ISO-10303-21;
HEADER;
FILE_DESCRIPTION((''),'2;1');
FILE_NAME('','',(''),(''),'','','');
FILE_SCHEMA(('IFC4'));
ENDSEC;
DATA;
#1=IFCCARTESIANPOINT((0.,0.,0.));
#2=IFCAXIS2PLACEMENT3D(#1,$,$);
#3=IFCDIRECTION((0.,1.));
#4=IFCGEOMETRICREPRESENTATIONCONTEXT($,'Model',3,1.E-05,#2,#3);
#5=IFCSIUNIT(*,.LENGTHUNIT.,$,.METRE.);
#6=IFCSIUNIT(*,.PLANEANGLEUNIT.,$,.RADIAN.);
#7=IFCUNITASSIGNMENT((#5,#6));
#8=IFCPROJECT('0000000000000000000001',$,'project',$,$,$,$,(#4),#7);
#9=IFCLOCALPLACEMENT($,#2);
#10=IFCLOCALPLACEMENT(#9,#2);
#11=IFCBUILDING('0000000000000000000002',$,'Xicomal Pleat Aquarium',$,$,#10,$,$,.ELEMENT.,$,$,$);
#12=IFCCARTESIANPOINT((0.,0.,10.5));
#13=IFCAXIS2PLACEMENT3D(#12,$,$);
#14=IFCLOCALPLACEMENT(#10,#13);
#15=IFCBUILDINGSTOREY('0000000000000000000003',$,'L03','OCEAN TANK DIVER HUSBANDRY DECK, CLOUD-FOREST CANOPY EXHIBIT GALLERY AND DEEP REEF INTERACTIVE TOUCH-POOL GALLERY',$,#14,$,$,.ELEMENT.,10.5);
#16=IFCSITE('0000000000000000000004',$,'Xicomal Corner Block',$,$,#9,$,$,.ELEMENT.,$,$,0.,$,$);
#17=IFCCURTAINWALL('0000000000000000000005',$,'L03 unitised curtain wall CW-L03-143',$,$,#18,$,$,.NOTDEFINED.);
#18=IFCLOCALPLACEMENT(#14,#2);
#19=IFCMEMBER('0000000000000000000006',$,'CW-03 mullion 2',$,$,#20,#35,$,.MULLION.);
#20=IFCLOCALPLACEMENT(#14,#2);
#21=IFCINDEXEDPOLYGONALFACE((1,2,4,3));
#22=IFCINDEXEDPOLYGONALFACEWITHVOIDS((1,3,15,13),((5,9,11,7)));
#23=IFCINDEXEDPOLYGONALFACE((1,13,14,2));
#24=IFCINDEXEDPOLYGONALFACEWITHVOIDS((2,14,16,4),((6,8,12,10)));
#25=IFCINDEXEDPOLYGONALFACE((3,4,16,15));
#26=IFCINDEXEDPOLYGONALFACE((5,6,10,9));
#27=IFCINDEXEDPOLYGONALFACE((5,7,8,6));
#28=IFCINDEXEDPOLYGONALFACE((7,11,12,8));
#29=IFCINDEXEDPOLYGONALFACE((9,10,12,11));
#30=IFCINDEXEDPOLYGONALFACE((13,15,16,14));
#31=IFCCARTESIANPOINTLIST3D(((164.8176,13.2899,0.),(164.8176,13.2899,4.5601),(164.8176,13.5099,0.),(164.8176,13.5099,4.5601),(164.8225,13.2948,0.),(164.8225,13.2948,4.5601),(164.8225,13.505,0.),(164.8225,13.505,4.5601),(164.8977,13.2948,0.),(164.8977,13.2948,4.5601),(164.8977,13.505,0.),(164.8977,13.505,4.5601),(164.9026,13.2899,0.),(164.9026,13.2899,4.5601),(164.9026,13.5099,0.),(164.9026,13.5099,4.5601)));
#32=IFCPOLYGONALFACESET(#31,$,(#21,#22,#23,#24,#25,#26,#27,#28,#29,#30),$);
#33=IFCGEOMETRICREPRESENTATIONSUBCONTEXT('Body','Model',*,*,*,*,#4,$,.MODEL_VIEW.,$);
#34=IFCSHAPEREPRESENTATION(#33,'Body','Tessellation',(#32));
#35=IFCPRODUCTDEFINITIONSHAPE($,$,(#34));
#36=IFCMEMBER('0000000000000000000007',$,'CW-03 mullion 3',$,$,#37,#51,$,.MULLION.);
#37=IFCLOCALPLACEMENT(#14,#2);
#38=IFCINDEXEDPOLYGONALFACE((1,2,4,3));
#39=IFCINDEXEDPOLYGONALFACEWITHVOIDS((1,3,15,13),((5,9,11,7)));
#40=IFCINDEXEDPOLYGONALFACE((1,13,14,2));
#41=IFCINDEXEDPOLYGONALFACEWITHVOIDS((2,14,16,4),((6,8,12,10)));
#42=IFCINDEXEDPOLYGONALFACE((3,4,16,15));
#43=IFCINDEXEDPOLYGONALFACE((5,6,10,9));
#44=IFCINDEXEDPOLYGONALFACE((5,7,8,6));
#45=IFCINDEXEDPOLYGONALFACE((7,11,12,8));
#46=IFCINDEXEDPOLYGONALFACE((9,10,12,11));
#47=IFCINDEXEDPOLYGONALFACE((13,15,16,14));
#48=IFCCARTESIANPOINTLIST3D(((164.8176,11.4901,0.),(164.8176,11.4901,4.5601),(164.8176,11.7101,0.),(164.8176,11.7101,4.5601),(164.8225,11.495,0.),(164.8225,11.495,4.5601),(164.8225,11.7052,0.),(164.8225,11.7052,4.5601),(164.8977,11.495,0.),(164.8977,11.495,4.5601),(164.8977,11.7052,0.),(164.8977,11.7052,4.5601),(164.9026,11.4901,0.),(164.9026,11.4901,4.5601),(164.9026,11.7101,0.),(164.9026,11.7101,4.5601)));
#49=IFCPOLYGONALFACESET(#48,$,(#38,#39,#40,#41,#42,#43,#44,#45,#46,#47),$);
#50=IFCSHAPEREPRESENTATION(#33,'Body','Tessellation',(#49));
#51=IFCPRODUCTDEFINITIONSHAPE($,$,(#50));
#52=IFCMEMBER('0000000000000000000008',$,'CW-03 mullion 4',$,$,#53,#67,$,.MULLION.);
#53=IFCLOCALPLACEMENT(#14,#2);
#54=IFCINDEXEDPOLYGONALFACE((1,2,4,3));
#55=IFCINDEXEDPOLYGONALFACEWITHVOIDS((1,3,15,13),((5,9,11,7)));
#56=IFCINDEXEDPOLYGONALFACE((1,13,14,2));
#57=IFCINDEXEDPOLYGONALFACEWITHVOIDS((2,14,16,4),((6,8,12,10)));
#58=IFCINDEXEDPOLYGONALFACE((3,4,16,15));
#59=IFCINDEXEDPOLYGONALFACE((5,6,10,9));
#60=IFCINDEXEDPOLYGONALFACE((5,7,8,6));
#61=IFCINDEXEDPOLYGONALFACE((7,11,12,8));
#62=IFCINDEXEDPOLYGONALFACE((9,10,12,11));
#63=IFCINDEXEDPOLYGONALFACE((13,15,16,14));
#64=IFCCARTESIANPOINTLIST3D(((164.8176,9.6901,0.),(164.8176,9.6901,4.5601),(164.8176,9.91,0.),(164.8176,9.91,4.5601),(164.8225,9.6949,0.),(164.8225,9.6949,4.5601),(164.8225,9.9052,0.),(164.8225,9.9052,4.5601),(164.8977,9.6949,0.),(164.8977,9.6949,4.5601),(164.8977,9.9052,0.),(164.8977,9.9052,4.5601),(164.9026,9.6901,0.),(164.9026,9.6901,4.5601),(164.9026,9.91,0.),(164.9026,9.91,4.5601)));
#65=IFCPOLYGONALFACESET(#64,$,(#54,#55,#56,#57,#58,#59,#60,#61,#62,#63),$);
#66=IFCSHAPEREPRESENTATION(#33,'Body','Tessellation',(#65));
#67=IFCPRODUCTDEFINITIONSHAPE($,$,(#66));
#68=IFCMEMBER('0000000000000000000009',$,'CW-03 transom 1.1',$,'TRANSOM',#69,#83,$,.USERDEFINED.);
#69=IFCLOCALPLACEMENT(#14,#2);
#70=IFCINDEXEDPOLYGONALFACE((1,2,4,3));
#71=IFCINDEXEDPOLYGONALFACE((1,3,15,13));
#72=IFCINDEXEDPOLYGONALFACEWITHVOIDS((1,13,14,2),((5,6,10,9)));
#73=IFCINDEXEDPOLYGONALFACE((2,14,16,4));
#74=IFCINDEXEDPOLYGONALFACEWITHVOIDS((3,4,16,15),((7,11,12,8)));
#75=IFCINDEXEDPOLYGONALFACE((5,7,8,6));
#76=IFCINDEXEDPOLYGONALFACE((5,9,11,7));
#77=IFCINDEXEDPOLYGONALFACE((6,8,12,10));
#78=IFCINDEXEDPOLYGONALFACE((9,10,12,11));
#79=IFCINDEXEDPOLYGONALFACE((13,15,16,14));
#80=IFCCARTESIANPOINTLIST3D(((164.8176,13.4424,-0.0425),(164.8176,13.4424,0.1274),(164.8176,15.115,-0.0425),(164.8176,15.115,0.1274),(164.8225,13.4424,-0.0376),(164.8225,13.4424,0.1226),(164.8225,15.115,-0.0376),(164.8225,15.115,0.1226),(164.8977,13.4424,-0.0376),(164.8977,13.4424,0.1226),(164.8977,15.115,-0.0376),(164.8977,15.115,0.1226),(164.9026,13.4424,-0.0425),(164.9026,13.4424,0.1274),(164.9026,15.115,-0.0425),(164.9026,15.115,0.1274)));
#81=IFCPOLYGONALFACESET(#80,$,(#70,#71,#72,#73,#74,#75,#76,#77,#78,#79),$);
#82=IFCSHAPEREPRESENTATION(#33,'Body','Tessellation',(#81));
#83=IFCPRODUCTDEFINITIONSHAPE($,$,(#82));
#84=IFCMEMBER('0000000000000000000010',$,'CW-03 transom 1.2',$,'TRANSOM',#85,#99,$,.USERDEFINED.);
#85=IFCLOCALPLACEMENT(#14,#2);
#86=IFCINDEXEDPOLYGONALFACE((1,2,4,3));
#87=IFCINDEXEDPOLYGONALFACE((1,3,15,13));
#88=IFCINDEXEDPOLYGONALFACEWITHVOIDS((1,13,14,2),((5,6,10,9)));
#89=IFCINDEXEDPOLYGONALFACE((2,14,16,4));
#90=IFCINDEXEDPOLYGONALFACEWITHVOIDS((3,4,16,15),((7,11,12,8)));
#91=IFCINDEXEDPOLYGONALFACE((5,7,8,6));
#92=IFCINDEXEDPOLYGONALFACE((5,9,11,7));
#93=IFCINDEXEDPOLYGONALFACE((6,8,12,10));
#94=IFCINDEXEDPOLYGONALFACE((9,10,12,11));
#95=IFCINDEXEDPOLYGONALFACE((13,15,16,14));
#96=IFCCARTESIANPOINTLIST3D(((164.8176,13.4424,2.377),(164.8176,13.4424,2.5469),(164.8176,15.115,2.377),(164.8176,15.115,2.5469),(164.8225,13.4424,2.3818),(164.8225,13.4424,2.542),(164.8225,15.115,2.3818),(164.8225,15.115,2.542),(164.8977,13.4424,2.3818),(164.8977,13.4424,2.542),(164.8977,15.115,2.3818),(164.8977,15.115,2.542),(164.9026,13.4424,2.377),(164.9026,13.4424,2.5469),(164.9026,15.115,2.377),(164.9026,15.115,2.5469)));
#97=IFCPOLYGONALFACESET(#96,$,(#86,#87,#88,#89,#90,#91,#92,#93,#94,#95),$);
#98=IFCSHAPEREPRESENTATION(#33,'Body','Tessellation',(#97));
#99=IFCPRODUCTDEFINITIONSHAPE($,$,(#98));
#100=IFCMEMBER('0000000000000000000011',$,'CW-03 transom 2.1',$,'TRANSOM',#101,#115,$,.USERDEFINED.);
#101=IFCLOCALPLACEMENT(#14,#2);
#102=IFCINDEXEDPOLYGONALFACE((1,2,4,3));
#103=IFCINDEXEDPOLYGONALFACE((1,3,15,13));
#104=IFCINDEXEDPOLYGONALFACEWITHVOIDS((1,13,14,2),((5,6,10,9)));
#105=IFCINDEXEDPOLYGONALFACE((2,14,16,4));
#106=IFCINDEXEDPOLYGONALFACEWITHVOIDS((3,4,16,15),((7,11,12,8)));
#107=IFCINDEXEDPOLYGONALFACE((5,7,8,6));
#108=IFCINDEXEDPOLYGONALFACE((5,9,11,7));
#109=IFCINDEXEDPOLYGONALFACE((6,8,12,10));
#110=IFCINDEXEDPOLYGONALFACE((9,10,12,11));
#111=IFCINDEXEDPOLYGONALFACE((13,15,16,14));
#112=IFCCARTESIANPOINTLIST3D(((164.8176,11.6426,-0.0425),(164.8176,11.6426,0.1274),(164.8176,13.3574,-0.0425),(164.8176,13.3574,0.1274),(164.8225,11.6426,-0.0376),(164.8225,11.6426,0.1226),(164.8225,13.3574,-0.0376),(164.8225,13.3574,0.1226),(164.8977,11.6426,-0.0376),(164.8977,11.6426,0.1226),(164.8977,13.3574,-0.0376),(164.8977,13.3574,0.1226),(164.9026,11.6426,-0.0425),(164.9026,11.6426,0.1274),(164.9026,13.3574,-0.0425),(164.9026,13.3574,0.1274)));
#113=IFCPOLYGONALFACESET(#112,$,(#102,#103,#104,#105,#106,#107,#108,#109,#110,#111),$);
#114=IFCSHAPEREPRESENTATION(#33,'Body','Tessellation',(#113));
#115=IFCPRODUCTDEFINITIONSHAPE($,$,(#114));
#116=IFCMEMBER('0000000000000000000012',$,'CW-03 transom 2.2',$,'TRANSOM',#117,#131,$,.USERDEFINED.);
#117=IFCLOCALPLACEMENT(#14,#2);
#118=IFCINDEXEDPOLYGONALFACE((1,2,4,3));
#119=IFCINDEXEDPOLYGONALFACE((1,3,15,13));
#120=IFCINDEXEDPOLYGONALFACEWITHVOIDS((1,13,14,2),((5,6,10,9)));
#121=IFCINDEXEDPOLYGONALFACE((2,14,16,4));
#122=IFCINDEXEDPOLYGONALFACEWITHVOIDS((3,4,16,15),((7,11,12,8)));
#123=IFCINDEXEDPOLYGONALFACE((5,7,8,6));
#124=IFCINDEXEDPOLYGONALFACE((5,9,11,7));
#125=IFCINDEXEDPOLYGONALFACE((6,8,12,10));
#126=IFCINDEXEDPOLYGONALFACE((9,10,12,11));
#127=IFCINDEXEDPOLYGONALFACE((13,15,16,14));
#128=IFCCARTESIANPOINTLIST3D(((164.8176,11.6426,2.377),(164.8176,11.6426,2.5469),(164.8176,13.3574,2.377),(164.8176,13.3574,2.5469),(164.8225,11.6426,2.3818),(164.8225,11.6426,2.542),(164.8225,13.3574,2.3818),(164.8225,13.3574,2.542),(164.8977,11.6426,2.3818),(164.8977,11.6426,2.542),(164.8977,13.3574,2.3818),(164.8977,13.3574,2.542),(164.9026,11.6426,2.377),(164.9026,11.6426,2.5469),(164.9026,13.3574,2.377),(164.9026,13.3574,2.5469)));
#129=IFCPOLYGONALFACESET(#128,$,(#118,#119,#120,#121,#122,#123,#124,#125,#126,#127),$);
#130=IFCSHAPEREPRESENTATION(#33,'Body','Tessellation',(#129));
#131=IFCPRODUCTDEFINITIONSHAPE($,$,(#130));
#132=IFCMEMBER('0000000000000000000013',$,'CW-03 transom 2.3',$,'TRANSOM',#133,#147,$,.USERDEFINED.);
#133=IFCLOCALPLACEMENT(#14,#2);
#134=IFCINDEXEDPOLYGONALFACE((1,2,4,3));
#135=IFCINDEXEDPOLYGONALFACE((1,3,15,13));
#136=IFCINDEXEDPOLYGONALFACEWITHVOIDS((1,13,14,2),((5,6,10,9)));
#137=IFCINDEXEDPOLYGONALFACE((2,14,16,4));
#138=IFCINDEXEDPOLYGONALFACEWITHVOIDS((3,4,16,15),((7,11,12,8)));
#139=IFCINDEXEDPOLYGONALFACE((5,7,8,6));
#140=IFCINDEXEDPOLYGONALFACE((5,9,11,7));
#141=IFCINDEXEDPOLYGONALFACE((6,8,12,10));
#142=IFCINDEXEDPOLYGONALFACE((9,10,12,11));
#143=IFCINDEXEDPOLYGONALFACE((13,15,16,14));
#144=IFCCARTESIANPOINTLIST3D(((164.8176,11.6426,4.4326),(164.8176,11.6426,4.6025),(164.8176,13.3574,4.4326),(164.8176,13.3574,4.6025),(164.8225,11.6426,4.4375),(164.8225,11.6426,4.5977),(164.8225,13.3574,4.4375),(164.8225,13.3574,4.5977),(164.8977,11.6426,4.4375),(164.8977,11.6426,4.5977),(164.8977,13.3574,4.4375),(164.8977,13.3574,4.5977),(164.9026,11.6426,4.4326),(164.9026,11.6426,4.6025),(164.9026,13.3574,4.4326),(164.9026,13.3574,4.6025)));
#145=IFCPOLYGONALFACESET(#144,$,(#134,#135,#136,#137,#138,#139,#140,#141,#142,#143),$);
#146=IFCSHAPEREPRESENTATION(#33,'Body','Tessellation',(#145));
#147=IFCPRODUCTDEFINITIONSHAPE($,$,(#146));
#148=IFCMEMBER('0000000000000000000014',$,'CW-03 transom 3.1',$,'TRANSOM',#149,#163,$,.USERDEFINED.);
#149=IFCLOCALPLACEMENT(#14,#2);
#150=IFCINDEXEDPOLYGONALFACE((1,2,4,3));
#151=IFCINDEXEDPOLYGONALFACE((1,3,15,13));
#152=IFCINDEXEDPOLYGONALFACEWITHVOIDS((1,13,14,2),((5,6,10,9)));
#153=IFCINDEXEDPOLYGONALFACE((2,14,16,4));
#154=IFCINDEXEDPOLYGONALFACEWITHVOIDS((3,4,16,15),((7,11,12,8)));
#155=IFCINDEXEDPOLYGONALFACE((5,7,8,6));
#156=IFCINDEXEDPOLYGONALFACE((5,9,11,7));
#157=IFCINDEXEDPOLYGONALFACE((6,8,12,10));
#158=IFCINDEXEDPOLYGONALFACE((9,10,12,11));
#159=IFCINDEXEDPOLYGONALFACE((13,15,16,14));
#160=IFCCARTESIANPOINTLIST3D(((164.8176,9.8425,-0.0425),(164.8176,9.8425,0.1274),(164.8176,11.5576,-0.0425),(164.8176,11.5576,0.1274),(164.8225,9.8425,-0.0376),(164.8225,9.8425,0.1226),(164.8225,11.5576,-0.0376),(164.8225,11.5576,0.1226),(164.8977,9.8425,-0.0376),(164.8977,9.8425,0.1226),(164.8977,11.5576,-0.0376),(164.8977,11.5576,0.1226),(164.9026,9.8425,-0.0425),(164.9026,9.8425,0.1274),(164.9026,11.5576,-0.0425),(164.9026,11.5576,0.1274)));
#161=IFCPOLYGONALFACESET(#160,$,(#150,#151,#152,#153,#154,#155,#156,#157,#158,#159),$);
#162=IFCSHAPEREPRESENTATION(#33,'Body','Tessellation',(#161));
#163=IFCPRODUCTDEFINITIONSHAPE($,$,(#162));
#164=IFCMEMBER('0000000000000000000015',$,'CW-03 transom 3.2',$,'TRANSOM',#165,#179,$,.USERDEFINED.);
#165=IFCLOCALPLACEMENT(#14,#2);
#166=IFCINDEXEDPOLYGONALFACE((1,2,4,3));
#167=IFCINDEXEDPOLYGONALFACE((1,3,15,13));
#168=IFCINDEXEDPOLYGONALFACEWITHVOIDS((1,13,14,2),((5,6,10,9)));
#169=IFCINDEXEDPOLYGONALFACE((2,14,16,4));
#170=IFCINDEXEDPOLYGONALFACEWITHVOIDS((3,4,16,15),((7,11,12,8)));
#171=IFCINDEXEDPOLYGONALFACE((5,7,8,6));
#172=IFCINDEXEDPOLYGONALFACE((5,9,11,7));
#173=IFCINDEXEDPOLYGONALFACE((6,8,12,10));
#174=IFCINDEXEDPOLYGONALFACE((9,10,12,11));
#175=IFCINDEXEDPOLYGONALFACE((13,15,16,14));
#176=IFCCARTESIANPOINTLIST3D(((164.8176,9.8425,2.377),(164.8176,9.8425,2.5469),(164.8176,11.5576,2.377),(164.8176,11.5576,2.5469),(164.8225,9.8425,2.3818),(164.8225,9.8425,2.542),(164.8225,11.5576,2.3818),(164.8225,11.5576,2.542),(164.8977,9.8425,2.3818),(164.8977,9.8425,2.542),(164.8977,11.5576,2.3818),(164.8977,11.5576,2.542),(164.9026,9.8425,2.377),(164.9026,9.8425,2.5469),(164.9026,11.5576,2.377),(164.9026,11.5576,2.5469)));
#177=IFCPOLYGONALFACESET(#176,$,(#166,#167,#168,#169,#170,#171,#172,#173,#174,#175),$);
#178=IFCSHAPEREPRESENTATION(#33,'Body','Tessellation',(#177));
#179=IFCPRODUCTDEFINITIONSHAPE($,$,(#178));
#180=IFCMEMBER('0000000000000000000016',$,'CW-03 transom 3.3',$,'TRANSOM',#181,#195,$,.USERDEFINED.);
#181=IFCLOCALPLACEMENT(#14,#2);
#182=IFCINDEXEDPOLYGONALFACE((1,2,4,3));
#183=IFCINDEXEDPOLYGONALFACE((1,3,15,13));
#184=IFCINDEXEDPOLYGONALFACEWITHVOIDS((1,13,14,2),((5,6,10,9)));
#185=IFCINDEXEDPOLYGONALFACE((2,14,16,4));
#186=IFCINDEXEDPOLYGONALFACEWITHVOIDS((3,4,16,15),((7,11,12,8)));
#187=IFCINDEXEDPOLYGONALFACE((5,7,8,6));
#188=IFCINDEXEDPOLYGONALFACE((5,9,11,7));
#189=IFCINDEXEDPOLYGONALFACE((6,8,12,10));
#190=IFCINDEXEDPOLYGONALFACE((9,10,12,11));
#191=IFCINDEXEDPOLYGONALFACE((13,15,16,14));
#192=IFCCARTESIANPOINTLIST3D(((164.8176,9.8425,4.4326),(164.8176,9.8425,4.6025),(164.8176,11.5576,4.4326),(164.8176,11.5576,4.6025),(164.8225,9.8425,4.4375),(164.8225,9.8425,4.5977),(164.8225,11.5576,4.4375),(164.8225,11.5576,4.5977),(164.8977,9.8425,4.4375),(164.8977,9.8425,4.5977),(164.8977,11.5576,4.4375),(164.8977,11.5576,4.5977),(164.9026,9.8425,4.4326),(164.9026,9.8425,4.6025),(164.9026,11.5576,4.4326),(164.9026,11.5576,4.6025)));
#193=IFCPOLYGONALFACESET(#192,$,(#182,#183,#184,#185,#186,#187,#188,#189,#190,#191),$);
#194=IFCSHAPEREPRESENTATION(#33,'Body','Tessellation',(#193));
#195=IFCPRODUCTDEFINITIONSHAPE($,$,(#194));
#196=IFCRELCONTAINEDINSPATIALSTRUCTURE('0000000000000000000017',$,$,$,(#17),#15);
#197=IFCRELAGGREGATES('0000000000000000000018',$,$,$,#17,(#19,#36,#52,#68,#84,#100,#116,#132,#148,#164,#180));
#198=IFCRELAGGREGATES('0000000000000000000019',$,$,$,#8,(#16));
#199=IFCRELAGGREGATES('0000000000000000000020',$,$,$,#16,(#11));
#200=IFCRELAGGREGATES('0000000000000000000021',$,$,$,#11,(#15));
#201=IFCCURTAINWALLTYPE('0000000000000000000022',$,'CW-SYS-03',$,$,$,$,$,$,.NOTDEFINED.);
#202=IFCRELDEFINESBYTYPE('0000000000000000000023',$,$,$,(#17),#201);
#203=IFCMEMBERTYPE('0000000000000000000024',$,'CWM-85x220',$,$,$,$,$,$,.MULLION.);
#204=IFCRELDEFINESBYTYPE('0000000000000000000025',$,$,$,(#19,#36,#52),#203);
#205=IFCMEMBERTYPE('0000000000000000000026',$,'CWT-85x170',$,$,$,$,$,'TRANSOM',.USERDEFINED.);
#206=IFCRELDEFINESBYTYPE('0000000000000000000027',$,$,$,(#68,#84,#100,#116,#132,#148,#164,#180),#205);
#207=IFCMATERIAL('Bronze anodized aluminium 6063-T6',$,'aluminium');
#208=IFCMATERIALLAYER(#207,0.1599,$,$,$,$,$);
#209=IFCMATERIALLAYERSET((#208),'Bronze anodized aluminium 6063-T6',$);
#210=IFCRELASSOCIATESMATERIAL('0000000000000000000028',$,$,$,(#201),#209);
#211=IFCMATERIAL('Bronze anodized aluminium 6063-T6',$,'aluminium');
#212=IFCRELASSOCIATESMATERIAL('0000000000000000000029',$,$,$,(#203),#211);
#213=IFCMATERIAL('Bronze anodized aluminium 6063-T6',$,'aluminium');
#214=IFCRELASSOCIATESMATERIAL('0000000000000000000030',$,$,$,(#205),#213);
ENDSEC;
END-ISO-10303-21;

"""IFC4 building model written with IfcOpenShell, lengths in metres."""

from ifc_helpers import new_model, si_unit, direction, frame, origin, origin_2d, place, context, subcontext, project, spatial, hollow_rectangle, extrude, material, layer, layer_set, material_profile, profile_set, type_object, element, aggregate, save


model = new_model("IFC4")

# Units and contexts
model_context = context("Model", 3, precision=1e-05, world=origin(), true_north=direction((0.0, 1.0)))
body_context = subcontext(model_context, "Body", "Model", "MODEL_VIEW")
ifc_project = project(units=[si_unit("LENGTHUNIT", "METRE"), si_unit("PLANEANGLEUNIT", "RADIAN")], contexts=[model_context])

# Site, building, storey
site_placement = place(None, origin())
site = spatial("IfcSite", under=ifc_project, at=site_placement, Name="Xicomal Corner Block", CompositionType="ELEMENT", RefElevation=0.0)
building_placement = place(site_placement, origin())
building = spatial("IfcBuilding", under=site, at=building_placement, Name="Xicomal Pleat Aquarium", CompositionType="ELEMENT")
storey_placement = place(building_placement, frame((0.0, 0.0, 10.5)))
storey = spatial("IfcBuildingStorey", under=building, at=storey_placement, Name="L03", Description="OCEAN TANK DIVER HUSBANDRY DECK, CLOUD-FOREST CANOPY EXHIBIT GALLERY AND DEEP REEF INTERACTIVE TOUCH-POOL GALLERY", CompositionType="ELEMENT", Elevation=10.5)

# Curtain wall, members
ifc_material_1 = material(Name="Bronze anodized aluminium 6063-T6", Category="aluminium")
ifc_layer_1 = layer(ifc_material_1, 0.1599)
ifc_layer_set_1 = layer_set([ifc_layer_1], Name="Bronze anodized aluminium 6063-T6")
curtain_wall_type = type_object("IfcCurtainWallType", Name="CW-SYS-03", PredefinedType="NOTDEFINED", material=ifc_layer_set_1)
curtain_wall_placement = place(storey_placement, origin())
curtain_wall = element("IfcCurtainWall", 1, at=curtain_wall_placement, inside=storey, type_object=curtain_wall_type, Name="L03 unitised curtain wall CW-L03-143", PredefinedType="NOTDEFINED")
ifc_material_2 = material(Name="Bronze anodized aluminium 6063-T6", Category="aluminium")
ifc_material_profile_1 = material_profile(ifc_material_2, hollow_rectangle(XDim=0.085, YDim=0.22, WallThickness=0.0049, at=origin_2d()), Name="ALU MULL 85x220")
ifc_profile_set_1 = profile_set([ifc_material_profile_1], Name="Bronze anodized aluminium 6063-T6")
member_type_1 = type_object("IfcMemberType", Name="CWM-85x220", PredefinedType="MULLION", material=ifc_profile_set_1)
member_1_placement = place(storey_placement, frame((164.8601, 13.3999, 0.0), z_axis=(0.0, 0.0, 1.0), x_axis=(1.0, 0.0, 0.0)))
member_1 = element("IfcMember", 2, at=member_1_placement, type_object=member_type_1, Name="CW-03 mullion 2", PredefinedType="MULLION", context=body_context, shape_type="SweptSolid", body=[
    extrude(hollow_rectangle(XDim=0.085, YDim=0.22, WallThickness=0.0049, at=origin_2d()), origin(), (0.0, 0.0, 1.0), 4.5601),
])
member_2_placement = place(storey_placement, frame((164.8601, 11.6001, 0.0), z_axis=(0.0, 0.0, 1.0), x_axis=(1.0, 0.0, 0.0)))
member_2 = element("IfcMember", 3, at=member_2_placement, type_object=member_type_1, Name="CW-03 mullion 3", PredefinedType="MULLION", context=body_context, shape_type="SweptSolid", body=[
    extrude(hollow_rectangle(XDim=0.085, YDim=0.22, WallThickness=0.0049, at=origin_2d()), origin(), (0.0, 0.0, 1.0), 4.5601),
])
member_3_placement = place(storey_placement, frame((164.8601, 9.8, 0.0), z_axis=(0.0, 0.0, 1.0), x_axis=(1.0, 0.0, 0.0)))
member_3 = element("IfcMember", 4, at=member_3_placement, type_object=member_type_1, Name="CW-03 mullion 4", PredefinedType="MULLION", context=body_context, shape_type="SweptSolid", body=[
    extrude(hollow_rectangle(XDim=0.085, YDim=0.22, WallThickness=0.0049, at=origin_2d()), origin(), (0.0, 0.0, 1.0), 4.5601),
])
ifc_material_3 = material(Name="Bronze anodized aluminium 6063-T6", Category="aluminium")
ifc_material_profile_2 = material_profile(ifc_material_3, hollow_rectangle(XDim=0.085, YDim=0.1699, WallThickness=0.0049, at=origin_2d()), Name="ALU TRAN 85x170")
ifc_profile_set_2 = profile_set([ifc_material_profile_2], Name="Bronze anodized aluminium 6063-T6")
member_type_2 = type_object("IfcMemberType", Name="CWT-85x170", ElementType="TRANSOM", PredefinedType="USERDEFINED", material=ifc_profile_set_2)
member_4_placement = place(storey_placement, frame((164.8601, 15.115, 0.0425), z_axis=(0.0, -1.0, 0.0), x_axis=(1.0, 0.0, 0.0)))
member_4 = element("IfcMember", 5, at=member_4_placement, type_object=member_type_2, Name="CW-03 transom 1.1", ObjectType="TRANSOM", PredefinedType="USERDEFINED", context=body_context, shape_type="SweptSolid", body=[
    extrude(hollow_rectangle(XDim=0.085, YDim=0.1699, WallThickness=0.0049, at=origin_2d()), origin(), (0.0, 0.0, 1.0), 1.6726),
])
member_5_placement = place(storey_placement, frame((164.8601, 15.115, 2.4619), z_axis=(0.0, -1.0, 0.0), x_axis=(1.0, 0.0, 0.0)))
member_5 = element("IfcMember", 6, at=member_5_placement, type_object=member_type_2, Name="CW-03 transom 1.2", ObjectType="TRANSOM", PredefinedType="USERDEFINED", context=body_context, shape_type="SweptSolid", body=[
    extrude(hollow_rectangle(XDim=0.085, YDim=0.1699, WallThickness=0.0049, at=origin_2d()), origin(), (0.0, 0.0, 1.0), 1.6726),
])
member_6_placement = place(storey_placement, frame((164.8601, 13.3574, 0.0425), z_axis=(0.0, -1.0, 0.0), x_axis=(1.0, 0.0, 0.0)))
member_6 = element("IfcMember", 7, at=member_6_placement, type_object=member_type_2, Name="CW-03 transom 2.1", ObjectType="TRANSOM", PredefinedType="USERDEFINED", context=body_context, shape_type="SweptSolid", body=[
    extrude(hollow_rectangle(XDim=0.085, YDim=0.1699, WallThickness=0.0049, at=origin_2d()), origin(), (0.0, 0.0, 1.0), 1.7148),
])
member_7_placement = place(storey_placement, frame((164.8601, 13.3574, 2.4619), z_axis=(0.0, -1.0, 0.0), x_axis=(1.0, 0.0, 0.0)))
member_7 = element("IfcMember", 8, at=member_7_placement, type_object=member_type_2, Name="CW-03 transom 2.2", ObjectType="TRANSOM", PredefinedType="USERDEFINED", context=body_context, shape_type="SweptSolid", body=[
    extrude(hollow_rectangle(XDim=0.085, YDim=0.1699, WallThickness=0.0049, at=origin_2d()), origin(), (0.0, 0.0, 1.0), 1.7148),
])
member_8_placement = place(storey_placement, frame((164.8601, 13.3574, 4.5176), z_axis=(0.0, -1.0, 0.0), x_axis=(1.0, 0.0, 0.0)))
member_8 = element("IfcMember", 9, at=member_8_placement, type_object=member_type_2, Name="CW-03 transom 2.3", ObjectType="TRANSOM", PredefinedType="USERDEFINED", context=body_context, shape_type="SweptSolid", body=[
    extrude(hollow_rectangle(XDim=0.085, YDim=0.1699, WallThickness=0.0049, at=origin_2d()), origin(), (0.0, 0.0, 1.0), 1.7148),
])
member_9_placement = place(storey_placement, frame((164.8601, 11.5576, 0.0425), z_axis=(0.0, -1.0, 0.0), x_axis=(1.0, 0.0, 0.0)))
member_9 = element("IfcMember", 10, at=member_9_placement, type_object=member_type_2, Name="CW-03 transom 3.1", ObjectType="TRANSOM", PredefinedType="USERDEFINED", context=body_context, shape_type="SweptSolid", body=[
    extrude(hollow_rectangle(XDim=0.085, YDim=0.1699, WallThickness=0.0049, at=origin_2d()), origin(), (0.0, 0.0, 1.0), 1.7151),
])
member_10_placement = place(storey_placement, frame((164.8601, 11.5576, 2.4619), z_axis=(0.0, -1.0, 0.0), x_axis=(1.0, 0.0, 0.0)))
member_10 = element("IfcMember", 11, at=member_10_placement, type_object=member_type_2, Name="CW-03 transom 3.2", ObjectType="TRANSOM", PredefinedType="USERDEFINED", context=body_context, shape_type="SweptSolid", body=[
    extrude(hollow_rectangle(XDim=0.085, YDim=0.1699, WallThickness=0.0049, at=origin_2d()), origin(), (0.0, 0.0, 1.0), 1.7151),
])
member_11_placement = place(storey_placement, frame((164.8601, 11.5576, 4.5176), z_axis=(0.0, -1.0, 0.0), x_axis=(1.0, 0.0, 0.0)))
member_11 = element("IfcMember", 12, at=member_11_placement, type_object=member_type_2, Name="CW-03 transom 3.3", ObjectType="TRANSOM", PredefinedType="USERDEFINED", context=body_context, shape_type="SweptSolid", body=[
    extrude(hollow_rectangle(XDim=0.085, YDim=0.1699, WallThickness=0.0049, at=origin_2d()), origin(), (0.0, 0.0, 1.0), 1.7151),
])
aggregate(curtain_wall, [member_1, member_2, member_3, member_4, member_5, member_6, member_7, member_8, member_9, member_10, member_11])

save(model, "model.ifc")
